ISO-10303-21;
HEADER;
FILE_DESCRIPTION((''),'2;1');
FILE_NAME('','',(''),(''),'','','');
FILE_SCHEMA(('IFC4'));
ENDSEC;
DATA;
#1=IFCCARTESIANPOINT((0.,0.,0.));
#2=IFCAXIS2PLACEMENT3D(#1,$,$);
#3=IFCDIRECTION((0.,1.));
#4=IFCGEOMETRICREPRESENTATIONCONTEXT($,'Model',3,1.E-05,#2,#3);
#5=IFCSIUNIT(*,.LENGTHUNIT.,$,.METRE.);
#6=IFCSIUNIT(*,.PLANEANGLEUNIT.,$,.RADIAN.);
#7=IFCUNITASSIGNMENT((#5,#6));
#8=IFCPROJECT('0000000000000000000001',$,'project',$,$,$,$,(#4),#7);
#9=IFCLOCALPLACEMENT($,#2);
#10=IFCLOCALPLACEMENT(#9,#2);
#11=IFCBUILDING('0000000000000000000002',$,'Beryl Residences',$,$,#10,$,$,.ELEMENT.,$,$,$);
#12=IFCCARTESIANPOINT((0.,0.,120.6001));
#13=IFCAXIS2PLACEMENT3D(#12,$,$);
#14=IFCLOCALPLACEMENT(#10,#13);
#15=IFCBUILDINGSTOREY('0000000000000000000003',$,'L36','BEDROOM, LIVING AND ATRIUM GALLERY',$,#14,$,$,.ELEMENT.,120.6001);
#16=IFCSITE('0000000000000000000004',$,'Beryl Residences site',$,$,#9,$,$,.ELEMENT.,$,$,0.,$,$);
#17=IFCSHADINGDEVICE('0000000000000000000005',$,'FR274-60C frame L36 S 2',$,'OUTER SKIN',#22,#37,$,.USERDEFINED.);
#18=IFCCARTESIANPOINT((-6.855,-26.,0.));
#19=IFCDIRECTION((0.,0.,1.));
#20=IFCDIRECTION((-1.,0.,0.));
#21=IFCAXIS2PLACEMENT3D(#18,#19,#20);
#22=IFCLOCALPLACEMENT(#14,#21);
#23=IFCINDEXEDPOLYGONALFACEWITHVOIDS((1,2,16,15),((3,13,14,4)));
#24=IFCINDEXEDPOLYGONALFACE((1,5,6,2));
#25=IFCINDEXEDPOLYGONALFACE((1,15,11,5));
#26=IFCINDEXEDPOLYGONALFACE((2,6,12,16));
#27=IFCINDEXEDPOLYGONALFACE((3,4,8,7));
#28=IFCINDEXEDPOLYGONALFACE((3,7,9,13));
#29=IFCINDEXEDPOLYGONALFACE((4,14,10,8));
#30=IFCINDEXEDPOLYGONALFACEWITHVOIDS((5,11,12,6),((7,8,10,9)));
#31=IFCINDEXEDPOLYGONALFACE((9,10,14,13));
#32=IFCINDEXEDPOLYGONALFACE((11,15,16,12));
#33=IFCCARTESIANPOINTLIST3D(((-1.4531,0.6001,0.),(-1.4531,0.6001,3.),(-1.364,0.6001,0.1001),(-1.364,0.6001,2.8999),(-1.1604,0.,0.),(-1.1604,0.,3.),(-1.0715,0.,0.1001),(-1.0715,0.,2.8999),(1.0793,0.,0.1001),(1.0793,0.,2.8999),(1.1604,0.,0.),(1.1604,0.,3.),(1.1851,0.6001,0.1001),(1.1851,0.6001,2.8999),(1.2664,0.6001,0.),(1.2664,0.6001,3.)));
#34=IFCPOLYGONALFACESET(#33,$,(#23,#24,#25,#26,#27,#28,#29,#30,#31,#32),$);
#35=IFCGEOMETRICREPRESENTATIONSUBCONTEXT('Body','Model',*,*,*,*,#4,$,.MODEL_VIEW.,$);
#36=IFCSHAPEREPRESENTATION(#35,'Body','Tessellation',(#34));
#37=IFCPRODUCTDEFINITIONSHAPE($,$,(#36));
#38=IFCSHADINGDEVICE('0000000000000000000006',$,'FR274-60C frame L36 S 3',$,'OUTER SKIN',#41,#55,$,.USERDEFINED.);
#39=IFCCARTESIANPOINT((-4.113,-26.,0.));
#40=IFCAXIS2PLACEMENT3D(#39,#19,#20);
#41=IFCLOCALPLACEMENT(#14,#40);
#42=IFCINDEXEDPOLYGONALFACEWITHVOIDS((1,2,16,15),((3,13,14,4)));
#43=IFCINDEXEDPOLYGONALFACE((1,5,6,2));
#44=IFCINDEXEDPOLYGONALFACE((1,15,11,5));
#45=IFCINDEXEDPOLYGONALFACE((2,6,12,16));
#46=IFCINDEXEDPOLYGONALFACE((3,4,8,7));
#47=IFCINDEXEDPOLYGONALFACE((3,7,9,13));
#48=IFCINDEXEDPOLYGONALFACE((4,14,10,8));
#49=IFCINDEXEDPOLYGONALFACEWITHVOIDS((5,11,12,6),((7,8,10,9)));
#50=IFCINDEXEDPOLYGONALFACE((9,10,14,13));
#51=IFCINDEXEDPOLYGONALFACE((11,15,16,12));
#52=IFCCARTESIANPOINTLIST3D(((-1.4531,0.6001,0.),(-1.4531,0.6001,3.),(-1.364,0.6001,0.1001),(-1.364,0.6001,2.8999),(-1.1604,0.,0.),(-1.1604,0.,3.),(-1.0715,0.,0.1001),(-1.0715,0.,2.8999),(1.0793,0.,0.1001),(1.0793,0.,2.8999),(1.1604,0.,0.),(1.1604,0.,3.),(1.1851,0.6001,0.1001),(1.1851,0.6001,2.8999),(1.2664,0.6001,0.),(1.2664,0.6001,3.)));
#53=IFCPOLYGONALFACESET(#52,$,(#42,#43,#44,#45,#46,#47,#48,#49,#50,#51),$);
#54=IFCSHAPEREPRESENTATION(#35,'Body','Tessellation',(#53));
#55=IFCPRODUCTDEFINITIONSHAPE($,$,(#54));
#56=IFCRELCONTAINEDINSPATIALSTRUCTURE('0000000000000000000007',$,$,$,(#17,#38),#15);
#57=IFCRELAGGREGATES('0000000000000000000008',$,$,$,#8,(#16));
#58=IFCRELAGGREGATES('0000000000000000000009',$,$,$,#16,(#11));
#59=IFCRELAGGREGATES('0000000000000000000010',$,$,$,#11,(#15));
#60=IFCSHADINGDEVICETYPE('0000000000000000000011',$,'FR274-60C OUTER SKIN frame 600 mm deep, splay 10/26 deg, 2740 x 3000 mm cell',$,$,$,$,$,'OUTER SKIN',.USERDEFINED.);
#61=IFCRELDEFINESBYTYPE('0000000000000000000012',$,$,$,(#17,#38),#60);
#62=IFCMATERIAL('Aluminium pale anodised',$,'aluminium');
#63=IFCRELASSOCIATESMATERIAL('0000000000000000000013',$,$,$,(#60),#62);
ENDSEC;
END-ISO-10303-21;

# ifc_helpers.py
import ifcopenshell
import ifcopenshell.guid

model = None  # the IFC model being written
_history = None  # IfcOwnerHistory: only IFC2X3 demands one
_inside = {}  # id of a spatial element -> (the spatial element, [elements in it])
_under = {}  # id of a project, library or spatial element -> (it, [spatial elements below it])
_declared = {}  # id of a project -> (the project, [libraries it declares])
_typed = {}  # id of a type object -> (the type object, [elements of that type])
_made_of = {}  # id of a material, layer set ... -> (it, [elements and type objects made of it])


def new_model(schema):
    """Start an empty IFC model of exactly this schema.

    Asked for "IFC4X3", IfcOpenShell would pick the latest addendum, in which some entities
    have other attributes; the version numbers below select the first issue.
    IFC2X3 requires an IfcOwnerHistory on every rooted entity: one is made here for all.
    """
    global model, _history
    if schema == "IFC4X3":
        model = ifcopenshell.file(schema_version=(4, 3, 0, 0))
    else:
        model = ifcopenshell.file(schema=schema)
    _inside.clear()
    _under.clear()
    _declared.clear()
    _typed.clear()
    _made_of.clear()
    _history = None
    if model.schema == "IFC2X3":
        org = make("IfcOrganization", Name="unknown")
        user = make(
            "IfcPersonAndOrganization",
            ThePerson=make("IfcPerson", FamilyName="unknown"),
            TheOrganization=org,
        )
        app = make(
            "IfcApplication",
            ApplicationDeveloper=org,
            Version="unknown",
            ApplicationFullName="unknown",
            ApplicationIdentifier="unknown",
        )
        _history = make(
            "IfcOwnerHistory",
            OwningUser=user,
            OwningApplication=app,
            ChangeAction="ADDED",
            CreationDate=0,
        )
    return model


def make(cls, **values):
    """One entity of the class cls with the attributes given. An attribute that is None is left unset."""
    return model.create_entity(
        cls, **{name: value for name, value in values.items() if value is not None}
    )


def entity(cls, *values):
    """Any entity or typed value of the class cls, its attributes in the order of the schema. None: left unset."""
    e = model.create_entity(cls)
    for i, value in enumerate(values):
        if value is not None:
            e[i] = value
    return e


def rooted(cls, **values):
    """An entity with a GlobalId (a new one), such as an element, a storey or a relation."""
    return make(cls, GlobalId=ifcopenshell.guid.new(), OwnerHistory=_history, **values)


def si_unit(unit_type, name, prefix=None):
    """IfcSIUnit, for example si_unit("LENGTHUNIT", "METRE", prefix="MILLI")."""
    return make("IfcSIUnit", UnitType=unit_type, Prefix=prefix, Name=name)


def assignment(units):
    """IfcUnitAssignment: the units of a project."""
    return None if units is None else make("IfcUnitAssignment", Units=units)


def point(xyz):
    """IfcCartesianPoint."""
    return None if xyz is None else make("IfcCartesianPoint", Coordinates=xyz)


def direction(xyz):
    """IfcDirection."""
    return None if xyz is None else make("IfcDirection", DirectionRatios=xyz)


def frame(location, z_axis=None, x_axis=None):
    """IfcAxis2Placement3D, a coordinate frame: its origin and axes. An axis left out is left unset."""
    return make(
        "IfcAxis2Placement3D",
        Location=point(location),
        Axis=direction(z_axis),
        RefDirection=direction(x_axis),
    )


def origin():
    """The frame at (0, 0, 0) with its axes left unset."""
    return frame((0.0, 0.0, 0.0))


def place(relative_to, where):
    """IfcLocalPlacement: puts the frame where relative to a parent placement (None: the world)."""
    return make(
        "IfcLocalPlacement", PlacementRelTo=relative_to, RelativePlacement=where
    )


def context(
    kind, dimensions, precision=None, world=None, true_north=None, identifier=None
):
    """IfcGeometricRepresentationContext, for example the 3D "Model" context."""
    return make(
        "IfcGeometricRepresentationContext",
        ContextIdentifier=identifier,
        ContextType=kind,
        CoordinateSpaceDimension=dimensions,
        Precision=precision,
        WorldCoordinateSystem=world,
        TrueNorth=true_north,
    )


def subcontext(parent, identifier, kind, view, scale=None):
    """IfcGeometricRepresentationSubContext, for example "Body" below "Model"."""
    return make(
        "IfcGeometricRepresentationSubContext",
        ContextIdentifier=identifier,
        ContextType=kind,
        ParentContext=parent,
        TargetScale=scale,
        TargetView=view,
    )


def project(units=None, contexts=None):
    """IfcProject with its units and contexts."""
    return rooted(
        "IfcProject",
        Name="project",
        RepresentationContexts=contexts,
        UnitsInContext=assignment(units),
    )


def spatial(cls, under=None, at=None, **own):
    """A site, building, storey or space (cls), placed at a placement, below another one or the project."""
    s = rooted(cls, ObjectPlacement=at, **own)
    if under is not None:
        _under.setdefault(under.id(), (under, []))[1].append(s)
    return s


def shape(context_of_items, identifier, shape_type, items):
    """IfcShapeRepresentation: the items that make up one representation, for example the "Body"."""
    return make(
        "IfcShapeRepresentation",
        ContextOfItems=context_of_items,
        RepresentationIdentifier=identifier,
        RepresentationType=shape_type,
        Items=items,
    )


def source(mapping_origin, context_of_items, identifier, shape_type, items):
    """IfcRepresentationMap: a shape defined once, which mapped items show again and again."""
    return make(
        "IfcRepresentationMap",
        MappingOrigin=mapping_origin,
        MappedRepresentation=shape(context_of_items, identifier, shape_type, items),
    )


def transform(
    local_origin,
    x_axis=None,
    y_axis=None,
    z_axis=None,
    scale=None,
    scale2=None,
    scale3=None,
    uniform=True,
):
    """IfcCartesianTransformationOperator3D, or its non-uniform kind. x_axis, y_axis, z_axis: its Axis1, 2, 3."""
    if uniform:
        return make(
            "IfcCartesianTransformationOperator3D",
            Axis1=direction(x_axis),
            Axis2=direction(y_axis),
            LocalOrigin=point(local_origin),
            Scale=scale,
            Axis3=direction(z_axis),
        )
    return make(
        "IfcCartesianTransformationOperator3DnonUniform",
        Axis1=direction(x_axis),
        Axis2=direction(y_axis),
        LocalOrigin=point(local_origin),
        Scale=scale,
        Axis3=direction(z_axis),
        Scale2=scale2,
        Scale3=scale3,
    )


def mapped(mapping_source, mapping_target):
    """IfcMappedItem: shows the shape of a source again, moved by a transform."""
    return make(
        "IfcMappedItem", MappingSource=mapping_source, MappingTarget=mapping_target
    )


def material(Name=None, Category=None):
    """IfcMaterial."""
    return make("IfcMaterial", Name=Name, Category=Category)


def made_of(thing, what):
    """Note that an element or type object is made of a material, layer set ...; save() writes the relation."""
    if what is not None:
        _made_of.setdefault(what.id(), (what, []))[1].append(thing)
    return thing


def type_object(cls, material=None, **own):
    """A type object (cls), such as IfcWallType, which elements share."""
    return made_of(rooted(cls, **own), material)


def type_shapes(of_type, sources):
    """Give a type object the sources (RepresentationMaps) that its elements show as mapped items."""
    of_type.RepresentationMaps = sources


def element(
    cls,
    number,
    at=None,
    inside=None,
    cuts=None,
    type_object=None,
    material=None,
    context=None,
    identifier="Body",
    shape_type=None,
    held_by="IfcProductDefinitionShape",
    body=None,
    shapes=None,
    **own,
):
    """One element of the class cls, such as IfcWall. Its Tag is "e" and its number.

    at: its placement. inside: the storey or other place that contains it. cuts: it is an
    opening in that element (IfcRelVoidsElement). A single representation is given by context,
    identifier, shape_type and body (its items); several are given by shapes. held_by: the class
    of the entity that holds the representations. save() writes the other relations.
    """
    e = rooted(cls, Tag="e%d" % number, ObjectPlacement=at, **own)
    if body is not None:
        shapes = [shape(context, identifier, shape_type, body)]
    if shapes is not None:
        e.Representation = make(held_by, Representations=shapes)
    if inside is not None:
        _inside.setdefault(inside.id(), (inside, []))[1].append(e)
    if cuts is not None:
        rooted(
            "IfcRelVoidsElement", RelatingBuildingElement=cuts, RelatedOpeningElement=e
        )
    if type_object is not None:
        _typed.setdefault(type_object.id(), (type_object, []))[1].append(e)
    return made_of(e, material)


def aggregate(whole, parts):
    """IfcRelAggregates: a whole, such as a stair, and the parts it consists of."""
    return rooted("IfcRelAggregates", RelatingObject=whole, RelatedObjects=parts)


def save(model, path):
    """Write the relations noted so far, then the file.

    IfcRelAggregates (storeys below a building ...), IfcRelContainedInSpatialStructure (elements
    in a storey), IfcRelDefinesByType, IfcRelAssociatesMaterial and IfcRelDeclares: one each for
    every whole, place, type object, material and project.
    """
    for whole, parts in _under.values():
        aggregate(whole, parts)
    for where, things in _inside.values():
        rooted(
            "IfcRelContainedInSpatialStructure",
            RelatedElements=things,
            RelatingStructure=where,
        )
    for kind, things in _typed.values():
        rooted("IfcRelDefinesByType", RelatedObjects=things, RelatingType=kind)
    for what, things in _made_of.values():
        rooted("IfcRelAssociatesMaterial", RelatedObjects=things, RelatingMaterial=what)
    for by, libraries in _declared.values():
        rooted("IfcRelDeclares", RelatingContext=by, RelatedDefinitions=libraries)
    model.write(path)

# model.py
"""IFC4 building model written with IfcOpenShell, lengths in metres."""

from ifc_helpers import new_model, entity, si_unit, direction, frame, origin, place, context, subcontext, project, spatial, source, transform, mapped, material, type_object, type_shapes, element, save


model = new_model("IFC4")

# Units and contexts
model_context = context("Model", 3, precision=1e-05, world=origin(), true_north=direction((0.0, 1.0)))
body_context = subcontext(model_context, "Body", "Model", "MODEL_VIEW")
ifc_project = project(units=[si_unit("LENGTHUNIT", "METRE"), si_unit("PLANEANGLEUNIT", "RADIAN")], contexts=[model_context])

# Site, building, storey
site_placement = place(None, origin())
site = spatial("IfcSite", under=ifc_project, at=site_placement, Name="Beryl Residences site", CompositionType="ELEMENT", RefElevation=0.0)
building_placement = place(site_placement, origin())
building = spatial("IfcBuilding", under=site, at=building_placement, Name="Beryl Residences", CompositionType="ELEMENT")
storey_placement = place(building_placement, frame((0.0, 0.0, 120.6001)))
storey = spatial("IfcBuildingStorey", under=building, at=storey_placement, Name="L36", Description="BEDROOM, LIVING AND ATRIUM GALLERY", CompositionType="ELEMENT", Elevation=120.6001)

# Shading devices
ifc_material_1 = material(Name="Aluminium pale anodised", Category="aluminium")
shading_device_type = type_object("IfcShadingDeviceType", Name="FR274-60C OUTER SKIN frame 600 mm deep, splay 10/26 deg, 2740 x 3000 mm cell", ElementType="OUTER SKIN", PredefinedType="USERDEFINED", material=ifc_material_1)
cartesian_point_1 = entity("IfcCartesianPoint", [-1.1604, 0.0])
cartesian_point_2 = entity("IfcCartesianPoint", [-1.0793, 0.1001])
cartesian_point_3 = entity("IfcCartesianPoint", [-1.2664, 0.0])
cartesian_point_4 = entity("IfcCartesianPoint", [-1.1851, 0.1001])
shared_shape_1 = source(origin(), body_context, "Body", "SweptSolid", [
    entity("IfcExtrudedAreaSolidTapered", entity("IfcArbitraryProfileDefWithVoids", "AREA", None, entity("IfcPolyline", [cartesian_point_1, entity("IfcCartesianPoint", [1.1604, 0.0]), entity("IfcCartesianPoint", [1.1604, 3.0]), entity("IfcCartesianPoint", [-1.1604, 3.0]), cartesian_point_1]), [entity("IfcPolyline", [cartesian_point_2, entity("IfcCartesianPoint", [1.0715, 0.1001]), entity("IfcCartesianPoint", [1.0715, 2.8999]), entity("IfcCartesianPoint", [-1.0793, 2.8999]), cartesian_point_2])]), entity("IfcAxis2Placement3D", entity("IfcCartesianPoint", [0.0, 0.0, 0.0]), entity("IfcDirection", [0.0, 1.0, 0.0]), entity("IfcDirection", [-1.0, 0.0, 0.0])), entity("IfcDirection", [0.0, 0.0, 1.0]), 0.6001, entity("IfcArbitraryProfileDefWithVoids", "AREA", None, entity("IfcPolyline", [cartesian_point_3, entity("IfcCartesianPoint", [1.4531, 0.0]), entity("IfcCartesianPoint", [1.4531, 3.0]), entity("IfcCartesianPoint", [-1.2664, 3.0]), cartesian_point_3]), [entity("IfcPolyline", [cartesian_point_4, entity("IfcCartesianPoint", [1.364, 0.1001]), entity("IfcCartesianPoint", [1.364, 2.8999]), entity("IfcCartesianPoint", [-1.1851, 2.8999]), cartesian_point_4])])),
])
type_shapes(shading_device_type, [shared_shape_1])
for number, where, z_axis, x_axis, name in (
    (1, (-6.855, -26.0, 0.0), (0.0, 0.0, 1.0), (-1.0, 0.0, 0.0), "FR274-60C frame L36 S 2"),
    (2, (-4.113, -26.0, 0.0), (0.0, 0.0, 1.0), (-1.0, 0.0, 0.0), "FR274-60C frame L36 S 3"),
):
    element("IfcShadingDevice", number, at=place(storey_placement, frame(where, z_axis=z_axis, x_axis=x_axis)), inside=storey, type_object=shading_device_type, Name=name, ObjectType="OUTER SKIN", PredefinedType="USERDEFINED", context=body_context, shape_type="MappedRepresentation", body=[
        mapped(shared_shape_1, transform((0.0, 0.0, 0.0))),
    ])

save(model, "model.ifc")
